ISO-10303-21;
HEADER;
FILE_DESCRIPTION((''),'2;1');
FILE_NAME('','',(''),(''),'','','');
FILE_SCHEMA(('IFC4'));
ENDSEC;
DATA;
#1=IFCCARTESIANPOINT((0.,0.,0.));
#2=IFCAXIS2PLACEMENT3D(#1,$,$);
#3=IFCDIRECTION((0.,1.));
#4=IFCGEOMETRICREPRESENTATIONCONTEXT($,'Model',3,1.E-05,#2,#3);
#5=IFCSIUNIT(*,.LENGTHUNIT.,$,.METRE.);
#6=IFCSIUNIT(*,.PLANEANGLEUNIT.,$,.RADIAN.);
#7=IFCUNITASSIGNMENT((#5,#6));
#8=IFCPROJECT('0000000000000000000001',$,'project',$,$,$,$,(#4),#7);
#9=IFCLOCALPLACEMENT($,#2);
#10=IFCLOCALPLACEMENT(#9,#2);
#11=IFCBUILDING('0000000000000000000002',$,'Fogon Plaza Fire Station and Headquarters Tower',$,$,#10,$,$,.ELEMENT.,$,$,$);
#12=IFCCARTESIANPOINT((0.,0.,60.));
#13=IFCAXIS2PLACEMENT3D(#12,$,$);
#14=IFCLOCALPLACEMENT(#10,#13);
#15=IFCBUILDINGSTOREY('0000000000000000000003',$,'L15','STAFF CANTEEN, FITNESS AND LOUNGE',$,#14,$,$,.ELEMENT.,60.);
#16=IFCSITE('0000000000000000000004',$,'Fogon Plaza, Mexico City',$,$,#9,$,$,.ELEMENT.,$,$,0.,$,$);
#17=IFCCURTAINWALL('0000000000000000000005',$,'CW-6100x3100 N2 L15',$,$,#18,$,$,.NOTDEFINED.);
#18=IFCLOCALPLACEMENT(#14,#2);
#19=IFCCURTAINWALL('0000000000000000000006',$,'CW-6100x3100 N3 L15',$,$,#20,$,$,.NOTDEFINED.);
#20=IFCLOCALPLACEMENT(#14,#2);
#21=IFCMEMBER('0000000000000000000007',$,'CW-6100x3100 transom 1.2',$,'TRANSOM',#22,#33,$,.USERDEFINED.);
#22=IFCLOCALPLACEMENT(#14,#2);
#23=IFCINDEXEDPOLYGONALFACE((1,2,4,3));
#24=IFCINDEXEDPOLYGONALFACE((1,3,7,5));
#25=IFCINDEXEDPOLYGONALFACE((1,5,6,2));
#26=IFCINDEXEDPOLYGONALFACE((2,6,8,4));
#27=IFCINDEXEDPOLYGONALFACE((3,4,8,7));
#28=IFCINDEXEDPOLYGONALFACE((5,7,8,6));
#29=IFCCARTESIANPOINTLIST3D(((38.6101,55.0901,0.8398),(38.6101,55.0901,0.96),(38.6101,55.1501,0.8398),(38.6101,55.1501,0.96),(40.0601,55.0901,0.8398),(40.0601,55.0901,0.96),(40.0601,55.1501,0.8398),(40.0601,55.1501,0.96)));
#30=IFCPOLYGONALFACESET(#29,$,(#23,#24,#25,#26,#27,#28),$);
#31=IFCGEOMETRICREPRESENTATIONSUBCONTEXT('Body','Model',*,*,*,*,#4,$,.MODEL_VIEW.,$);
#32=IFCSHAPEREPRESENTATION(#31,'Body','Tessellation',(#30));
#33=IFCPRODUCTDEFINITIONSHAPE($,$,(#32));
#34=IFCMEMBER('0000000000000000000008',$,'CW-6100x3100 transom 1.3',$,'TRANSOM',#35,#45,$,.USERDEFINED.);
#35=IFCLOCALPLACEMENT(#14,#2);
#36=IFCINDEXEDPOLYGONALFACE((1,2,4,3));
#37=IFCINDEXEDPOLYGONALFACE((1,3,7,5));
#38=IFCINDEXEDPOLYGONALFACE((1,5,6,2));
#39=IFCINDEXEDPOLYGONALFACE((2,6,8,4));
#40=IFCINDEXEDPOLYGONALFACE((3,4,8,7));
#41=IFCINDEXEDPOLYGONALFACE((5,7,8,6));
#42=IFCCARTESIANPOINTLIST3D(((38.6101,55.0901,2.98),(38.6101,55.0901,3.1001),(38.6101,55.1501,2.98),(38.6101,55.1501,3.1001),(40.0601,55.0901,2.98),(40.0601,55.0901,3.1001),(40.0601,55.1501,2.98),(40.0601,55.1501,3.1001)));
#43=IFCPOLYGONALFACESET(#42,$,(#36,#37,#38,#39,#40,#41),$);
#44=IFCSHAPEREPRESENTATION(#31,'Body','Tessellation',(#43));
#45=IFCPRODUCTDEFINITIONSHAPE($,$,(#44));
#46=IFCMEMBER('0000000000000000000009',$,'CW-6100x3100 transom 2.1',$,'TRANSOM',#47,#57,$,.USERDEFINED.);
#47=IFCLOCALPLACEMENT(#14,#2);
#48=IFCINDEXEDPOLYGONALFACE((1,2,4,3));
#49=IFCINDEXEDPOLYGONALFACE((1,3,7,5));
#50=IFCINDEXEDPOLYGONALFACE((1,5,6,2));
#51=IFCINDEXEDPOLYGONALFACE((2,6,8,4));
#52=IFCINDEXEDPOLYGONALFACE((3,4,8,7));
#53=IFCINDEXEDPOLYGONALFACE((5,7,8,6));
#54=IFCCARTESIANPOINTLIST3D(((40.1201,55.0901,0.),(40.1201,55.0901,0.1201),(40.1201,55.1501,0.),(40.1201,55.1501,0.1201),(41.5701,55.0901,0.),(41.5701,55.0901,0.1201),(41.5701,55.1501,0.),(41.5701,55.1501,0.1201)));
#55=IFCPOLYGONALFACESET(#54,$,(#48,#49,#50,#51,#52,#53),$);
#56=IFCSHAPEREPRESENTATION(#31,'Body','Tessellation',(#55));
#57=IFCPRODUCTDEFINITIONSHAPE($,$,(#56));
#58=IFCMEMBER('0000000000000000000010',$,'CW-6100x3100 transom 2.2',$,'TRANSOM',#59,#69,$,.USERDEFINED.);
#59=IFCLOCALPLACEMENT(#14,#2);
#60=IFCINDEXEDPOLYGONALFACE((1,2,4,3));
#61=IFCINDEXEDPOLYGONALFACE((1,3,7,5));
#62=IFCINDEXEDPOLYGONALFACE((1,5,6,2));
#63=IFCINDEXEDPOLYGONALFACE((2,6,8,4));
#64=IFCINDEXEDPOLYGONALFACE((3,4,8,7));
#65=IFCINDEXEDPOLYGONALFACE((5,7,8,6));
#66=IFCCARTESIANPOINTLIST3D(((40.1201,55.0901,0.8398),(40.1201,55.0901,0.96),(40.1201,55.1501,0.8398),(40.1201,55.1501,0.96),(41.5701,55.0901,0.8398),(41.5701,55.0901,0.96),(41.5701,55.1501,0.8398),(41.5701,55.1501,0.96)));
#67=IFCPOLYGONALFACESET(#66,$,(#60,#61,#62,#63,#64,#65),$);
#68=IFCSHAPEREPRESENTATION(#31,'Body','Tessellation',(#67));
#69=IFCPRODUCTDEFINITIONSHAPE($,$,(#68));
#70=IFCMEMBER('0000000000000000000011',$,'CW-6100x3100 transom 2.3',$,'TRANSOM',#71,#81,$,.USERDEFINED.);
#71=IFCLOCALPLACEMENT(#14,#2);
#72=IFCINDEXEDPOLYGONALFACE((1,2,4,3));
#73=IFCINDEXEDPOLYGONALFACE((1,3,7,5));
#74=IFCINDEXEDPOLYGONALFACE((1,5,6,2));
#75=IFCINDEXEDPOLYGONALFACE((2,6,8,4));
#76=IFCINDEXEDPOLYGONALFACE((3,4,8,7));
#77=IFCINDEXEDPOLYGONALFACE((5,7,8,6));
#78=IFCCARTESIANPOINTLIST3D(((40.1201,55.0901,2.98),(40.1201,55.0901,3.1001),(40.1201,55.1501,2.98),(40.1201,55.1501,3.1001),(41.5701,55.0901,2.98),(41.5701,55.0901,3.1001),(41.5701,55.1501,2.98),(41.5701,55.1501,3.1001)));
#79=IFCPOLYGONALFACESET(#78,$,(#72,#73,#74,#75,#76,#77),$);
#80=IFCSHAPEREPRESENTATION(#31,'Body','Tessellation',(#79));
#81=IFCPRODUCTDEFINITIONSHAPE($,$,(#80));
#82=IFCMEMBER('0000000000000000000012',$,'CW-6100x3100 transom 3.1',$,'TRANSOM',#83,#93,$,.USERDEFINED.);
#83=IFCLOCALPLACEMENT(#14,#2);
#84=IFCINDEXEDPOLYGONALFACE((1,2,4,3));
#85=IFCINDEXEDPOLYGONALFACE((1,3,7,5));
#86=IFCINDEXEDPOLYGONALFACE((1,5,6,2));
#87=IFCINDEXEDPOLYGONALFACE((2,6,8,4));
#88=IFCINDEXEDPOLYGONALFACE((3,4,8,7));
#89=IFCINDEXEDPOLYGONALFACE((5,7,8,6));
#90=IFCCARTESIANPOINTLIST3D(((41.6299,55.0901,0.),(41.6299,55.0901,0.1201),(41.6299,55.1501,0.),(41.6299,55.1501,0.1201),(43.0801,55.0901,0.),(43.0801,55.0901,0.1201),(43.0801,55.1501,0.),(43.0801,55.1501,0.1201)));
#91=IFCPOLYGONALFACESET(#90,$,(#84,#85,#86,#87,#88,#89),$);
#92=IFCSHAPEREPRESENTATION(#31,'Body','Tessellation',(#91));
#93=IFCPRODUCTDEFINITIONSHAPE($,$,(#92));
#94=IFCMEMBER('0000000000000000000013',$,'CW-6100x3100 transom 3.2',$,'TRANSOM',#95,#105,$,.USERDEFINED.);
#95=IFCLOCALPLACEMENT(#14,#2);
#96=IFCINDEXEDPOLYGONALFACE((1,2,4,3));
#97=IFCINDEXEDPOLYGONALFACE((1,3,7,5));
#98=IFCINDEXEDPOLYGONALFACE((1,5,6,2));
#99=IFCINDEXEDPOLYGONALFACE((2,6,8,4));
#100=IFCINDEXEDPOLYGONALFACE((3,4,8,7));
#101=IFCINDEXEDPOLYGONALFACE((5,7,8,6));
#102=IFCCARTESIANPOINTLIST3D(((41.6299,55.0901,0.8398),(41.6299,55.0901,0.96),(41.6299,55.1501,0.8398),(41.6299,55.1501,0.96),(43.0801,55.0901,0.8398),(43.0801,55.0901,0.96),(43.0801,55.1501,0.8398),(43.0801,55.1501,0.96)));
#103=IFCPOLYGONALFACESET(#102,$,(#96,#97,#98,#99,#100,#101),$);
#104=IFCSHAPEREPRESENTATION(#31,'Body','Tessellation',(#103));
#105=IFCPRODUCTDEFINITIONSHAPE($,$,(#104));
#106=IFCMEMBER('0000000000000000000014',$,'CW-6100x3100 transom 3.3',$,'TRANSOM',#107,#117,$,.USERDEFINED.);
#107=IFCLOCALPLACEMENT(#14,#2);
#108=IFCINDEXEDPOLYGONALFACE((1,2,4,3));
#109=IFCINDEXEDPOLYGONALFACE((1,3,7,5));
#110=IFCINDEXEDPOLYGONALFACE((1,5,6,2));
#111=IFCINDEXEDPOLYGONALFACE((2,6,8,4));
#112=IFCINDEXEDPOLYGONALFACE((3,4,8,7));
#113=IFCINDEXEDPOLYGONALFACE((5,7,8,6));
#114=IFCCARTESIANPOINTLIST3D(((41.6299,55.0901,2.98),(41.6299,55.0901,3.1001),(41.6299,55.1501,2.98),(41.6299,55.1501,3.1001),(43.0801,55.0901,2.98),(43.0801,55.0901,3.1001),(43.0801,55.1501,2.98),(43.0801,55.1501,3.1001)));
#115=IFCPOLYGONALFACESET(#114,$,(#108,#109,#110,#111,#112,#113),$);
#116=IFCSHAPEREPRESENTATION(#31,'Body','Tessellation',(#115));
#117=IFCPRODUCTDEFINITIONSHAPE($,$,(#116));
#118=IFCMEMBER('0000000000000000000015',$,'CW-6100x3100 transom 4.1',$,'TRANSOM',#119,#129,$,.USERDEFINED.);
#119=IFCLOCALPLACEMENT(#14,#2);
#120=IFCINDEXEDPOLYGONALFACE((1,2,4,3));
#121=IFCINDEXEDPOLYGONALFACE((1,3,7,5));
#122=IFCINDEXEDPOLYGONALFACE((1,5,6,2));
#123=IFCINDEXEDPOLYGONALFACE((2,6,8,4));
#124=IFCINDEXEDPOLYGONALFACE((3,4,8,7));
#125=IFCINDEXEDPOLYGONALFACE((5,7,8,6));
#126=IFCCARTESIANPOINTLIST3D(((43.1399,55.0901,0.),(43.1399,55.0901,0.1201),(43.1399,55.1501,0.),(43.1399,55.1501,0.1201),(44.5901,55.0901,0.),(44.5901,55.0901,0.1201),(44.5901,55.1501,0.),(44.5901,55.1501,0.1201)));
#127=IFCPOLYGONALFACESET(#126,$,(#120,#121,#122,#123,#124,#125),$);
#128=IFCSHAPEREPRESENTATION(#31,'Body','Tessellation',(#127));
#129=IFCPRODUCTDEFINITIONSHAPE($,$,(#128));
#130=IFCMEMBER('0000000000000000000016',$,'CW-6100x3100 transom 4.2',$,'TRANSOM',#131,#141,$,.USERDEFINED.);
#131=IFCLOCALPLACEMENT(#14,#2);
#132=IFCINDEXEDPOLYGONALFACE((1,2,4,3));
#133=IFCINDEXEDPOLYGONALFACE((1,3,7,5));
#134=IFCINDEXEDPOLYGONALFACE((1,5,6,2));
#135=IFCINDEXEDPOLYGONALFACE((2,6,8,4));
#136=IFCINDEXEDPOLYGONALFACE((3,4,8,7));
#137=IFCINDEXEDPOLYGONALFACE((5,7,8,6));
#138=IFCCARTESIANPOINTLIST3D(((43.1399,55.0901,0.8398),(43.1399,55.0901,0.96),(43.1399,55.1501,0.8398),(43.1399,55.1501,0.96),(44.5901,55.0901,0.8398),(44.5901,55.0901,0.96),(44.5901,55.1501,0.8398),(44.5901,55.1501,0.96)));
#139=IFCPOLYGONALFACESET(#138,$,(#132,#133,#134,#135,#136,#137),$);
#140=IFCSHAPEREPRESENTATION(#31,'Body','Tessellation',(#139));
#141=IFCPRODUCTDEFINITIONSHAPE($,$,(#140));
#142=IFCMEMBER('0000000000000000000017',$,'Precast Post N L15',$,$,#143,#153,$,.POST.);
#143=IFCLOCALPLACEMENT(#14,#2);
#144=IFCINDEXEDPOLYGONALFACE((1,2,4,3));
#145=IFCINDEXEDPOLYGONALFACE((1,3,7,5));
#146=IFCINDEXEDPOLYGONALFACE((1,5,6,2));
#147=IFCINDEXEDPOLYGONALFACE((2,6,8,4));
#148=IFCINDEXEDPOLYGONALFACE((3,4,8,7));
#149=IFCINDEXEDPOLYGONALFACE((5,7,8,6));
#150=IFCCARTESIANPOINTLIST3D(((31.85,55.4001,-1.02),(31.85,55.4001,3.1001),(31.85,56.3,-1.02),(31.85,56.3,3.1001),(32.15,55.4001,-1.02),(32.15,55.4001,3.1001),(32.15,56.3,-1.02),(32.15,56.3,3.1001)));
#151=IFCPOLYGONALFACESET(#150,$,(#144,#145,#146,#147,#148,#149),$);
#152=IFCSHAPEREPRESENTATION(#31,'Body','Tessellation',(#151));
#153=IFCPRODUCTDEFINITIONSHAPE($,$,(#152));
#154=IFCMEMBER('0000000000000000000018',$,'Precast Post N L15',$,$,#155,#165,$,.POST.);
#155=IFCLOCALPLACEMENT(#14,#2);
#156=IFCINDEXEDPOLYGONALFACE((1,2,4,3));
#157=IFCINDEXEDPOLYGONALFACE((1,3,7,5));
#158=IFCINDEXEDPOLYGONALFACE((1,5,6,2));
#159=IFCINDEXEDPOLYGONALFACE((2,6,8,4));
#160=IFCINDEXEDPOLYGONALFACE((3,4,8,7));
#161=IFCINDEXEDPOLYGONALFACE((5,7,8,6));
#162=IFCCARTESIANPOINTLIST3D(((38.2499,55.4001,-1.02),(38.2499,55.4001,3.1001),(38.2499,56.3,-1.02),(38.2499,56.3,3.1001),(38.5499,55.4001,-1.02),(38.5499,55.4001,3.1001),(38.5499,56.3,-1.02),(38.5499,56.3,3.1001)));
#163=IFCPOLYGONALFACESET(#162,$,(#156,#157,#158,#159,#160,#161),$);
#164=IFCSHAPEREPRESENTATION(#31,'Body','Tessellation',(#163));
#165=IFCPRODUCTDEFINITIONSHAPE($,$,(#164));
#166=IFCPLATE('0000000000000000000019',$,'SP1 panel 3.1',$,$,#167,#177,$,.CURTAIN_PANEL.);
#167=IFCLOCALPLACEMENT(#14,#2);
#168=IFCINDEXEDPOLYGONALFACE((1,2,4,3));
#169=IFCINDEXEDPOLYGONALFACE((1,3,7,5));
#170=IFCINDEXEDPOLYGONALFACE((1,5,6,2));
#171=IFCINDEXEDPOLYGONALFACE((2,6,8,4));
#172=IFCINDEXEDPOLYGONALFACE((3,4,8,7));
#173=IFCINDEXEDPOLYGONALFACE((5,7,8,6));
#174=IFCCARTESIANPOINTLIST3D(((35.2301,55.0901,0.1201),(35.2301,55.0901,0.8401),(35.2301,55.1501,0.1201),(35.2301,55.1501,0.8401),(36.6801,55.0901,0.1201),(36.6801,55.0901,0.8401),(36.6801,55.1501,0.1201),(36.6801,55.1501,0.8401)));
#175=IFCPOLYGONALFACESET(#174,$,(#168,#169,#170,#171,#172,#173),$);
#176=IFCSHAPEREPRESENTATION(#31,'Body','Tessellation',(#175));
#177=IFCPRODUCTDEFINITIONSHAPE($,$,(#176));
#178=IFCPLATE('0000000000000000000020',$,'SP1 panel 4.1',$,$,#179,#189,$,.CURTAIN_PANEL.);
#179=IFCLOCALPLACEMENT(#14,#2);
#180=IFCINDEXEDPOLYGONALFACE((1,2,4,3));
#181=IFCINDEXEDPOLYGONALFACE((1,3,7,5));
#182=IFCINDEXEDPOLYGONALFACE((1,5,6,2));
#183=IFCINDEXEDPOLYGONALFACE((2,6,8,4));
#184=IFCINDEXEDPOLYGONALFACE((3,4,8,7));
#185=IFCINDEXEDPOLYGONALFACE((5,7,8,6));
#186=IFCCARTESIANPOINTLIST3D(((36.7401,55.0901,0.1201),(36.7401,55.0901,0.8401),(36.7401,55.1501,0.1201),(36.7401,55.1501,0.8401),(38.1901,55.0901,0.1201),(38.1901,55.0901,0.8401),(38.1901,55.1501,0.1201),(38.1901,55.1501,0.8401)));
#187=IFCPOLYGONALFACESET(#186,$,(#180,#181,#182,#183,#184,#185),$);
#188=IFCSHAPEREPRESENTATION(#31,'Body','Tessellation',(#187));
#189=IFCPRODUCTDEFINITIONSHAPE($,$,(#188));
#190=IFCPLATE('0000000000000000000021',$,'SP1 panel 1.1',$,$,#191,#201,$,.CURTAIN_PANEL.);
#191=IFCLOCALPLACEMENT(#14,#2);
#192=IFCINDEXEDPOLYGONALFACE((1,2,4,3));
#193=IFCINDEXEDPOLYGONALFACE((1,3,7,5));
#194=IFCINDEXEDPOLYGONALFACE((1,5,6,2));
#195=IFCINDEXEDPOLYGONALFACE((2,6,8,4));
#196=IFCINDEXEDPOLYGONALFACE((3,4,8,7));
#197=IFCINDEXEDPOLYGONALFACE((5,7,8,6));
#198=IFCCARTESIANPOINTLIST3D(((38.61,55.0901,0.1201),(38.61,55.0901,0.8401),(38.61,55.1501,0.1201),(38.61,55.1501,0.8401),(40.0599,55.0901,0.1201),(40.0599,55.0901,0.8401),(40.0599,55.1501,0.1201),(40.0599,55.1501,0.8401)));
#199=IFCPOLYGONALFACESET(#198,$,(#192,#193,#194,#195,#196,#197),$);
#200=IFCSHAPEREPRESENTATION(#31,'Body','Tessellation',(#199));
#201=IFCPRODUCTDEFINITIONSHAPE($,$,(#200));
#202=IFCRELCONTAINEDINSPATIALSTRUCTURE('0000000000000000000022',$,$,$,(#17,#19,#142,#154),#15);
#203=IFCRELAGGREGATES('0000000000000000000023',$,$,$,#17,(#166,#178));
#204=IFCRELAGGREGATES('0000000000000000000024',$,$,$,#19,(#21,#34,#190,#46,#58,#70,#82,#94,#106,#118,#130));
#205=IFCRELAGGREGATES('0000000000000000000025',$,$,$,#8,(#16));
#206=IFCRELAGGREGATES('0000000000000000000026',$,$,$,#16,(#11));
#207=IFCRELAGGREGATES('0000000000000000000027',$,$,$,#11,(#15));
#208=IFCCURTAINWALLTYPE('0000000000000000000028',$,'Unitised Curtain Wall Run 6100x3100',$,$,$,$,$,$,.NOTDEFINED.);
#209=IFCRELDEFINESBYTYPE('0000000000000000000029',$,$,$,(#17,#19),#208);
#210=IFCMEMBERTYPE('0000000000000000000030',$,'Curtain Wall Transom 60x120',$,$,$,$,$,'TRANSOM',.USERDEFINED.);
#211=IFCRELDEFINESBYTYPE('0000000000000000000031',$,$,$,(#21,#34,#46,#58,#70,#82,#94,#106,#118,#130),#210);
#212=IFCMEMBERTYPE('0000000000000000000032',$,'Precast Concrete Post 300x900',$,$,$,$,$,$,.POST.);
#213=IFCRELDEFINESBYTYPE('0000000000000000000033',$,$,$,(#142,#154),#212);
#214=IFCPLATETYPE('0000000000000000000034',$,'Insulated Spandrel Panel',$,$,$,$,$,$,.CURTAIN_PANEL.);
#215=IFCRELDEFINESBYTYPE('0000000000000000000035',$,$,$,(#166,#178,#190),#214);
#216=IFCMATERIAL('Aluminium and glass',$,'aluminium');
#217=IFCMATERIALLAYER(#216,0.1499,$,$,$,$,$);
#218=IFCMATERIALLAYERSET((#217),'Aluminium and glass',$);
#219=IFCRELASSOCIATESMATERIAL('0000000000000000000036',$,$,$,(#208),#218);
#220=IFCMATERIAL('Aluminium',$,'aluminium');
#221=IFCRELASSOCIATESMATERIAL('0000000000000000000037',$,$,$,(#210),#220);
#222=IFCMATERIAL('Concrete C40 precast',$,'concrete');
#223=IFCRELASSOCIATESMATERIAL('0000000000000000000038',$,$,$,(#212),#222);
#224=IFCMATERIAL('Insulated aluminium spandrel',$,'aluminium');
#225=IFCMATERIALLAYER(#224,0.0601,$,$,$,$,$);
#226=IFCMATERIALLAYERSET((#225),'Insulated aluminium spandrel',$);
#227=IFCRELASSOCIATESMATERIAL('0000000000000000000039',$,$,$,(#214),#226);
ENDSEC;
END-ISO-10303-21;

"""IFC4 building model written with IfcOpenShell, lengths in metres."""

from ifc_helpers import new_model, si_unit, direction, frame, origin, origin_2d, place, context, subcontext, project, spatial, rectangle, extrude, material, layer, layer_set, material_profile, profile_set, type_object, element, aggregate, save


model = new_model("IFC4")

# Units and contexts
model_context = context("Model", 3, precision=1e-05, world=origin(), true_north=direction((0.0, 1.0)))
body_context = subcontext(model_context, "Body", "Model", "MODEL_VIEW")
ifc_project = project(units=[si_unit("LENGTHUNIT", "METRE"), si_unit("PLANEANGLEUNIT", "RADIAN")], contexts=[model_context])

# Site, building, storey
site_placement = place(None, origin())
site = spatial("IfcSite", under=ifc_project, at=site_placement, Name="Fogon Plaza, Mexico City", CompositionType="ELEMENT", RefElevation=0.0)
building_placement = place(site_placement, origin())
building = spatial("IfcBuilding", under=site, at=building_placement, Name="Fogon Plaza Fire Station and Headquarters Tower", CompositionType="ELEMENT")
storey_placement = place(building_placement, frame((0.0, 0.0, 60.0)))
storey = spatial("IfcBuildingStorey", under=building, at=storey_placement, Name="L15", Description="STAFF CANTEEN, FITNESS AND LOUNGE", CompositionType="ELEMENT", Elevation=60.0)

# Curtain walls
ifc_material_1 = material(Name="Aluminium and glass", Category="aluminium")
ifc_layer_1 = layer(ifc_material_1, 0.1499)
ifc_layer_set_1 = layer_set([ifc_layer_1], Name="Aluminium and glass")
curtain_wall_type = type_object("IfcCurtainWallType", Name="Unitised Curtain Wall Run 6100x3100", PredefinedType="NOTDEFINED", material=ifc_layer_set_1)
curtain_wall_1_placement = place(storey_placement, origin())
curtain_wall_1 = element("IfcCurtainWall", 1, at=curtain_wall_1_placement, inside=storey, type_object=curtain_wall_type, Name="CW-6100x3100 N2 L15", PredefinedType="NOTDEFINED")
curtain_wall_2_placement = place(storey_placement, origin())
curtain_wall_2 = element("IfcCurtainWall", 2, at=curtain_wall_2_placement, inside=storey, type_object=curtain_wall_type, Name="CW-6100x3100 N3 L15", PredefinedType="NOTDEFINED")

# Members
ifc_material_2 = material(Name="Aluminium", Category="aluminium")
ifc_material_profile_1 = material_profile(ifc_material_2, rectangle(XDim=0.0601, YDim=0.1201, at=origin_2d()), Name="Curtain Wall Transom 60x120")
ifc_profile_set_1 = profile_set([ifc_material_profile_1], Name="Aluminium")
member_type_1 = type_object("IfcMemberType", Name="Curtain Wall Transom 60x120", ElementType="TRANSOM", PredefinedType="USERDEFINED", material=ifc_profile_set_1)
member_1_placement = place(storey_placement, frame((38.6101, 55.1201, 0.8999), z_axis=(1.0, 0.0, 0.0), x_axis=(0.0, 1.0, 0.0)))
member_1 = element("IfcMember", 3, at=member_1_placement, type_object=member_type_1, Name="CW-6100x3100 transom 1.2", ObjectType="TRANSOM", PredefinedType="USERDEFINED", context=body_context, shape_type="SweptSolid", body=[
    extrude(rectangle(XDim=0.0601, YDim=0.1201, at=origin_2d()), origin(), (0.0, 0.0, 1.0), 1.45),
])
member_2_placement = place(storey_placement, frame((38.6101, 55.1201, 3.04), z_axis=(1.0, 0.0, 0.0), x_axis=(0.0, 1.0, 0.0)))
member_2 = element("IfcMember", 4, at=member_2_placement, type_object=member_type_1, Name="CW-6100x3100 transom 1.3", ObjectType="TRANSOM", PredefinedType="USERDEFINED", context=body_context, shape_type="SweptSolid", body=[
    extrude(rectangle(XDim=0.0601, YDim=0.1201, at=origin_2d()), origin(), (0.0, 0.0, 1.0), 1.45),
])
member_3_placement = place(storey_placement, frame((40.1201, 55.1201, 0.0601), z_axis=(1.0, 0.0, 0.0), x_axis=(0.0, 1.0, 0.0)))
member_3 = element("IfcMember", 5, at=member_3_placement, type_object=member_type_1, Name="CW-6100x3100 transom 2.1", ObjectType="TRANSOM", PredefinedType="USERDEFINED", context=body_context, shape_type="SweptSolid", body=[
    extrude(rectangle(XDim=0.0601, YDim=0.1201, at=origin_2d()), origin(), (0.0, 0.0, 1.0), 1.45),
])
member_4_placement = place(storey_placement, frame((40.1201, 55.1201, 0.8999), z_axis=(1.0, 0.0, 0.0), x_axis=(0.0, 1.0, 0.0)))
member_4 = element("IfcMember", 6, at=member_4_placement, type_object=member_type_1, Name="CW-6100x3100 transom 2.2", ObjectType="TRANSOM", PredefinedType="USERDEFINED", context=body_context, shape_type="SweptSolid", body=[
    extrude(rectangle(XDim=0.0601, YDim=0.1201, at=origin_2d()), origin(), (0.0, 0.0, 1.0), 1.45),
])
member_5_placement = place(storey_placement, frame((40.1201, 55.1201, 3.04), z_axis=(1.0, 0.0, 0.0), x_axis=(0.0, 1.0, 0.0)))
member_5 = element("IfcMember", 7, at=member_5_placement, type_object=member_type_1, Name="CW-6100x3100 transom 2.3", ObjectType="TRANSOM", PredefinedType="USERDEFINED", context=body_context, shape_type="SweptSolid", body=[
    extrude(rectangle(XDim=0.0601, YDim=0.1201, at=origin_2d()), origin(), (0.0, 0.0, 1.0), 1.45),
])
member_6_placement = place(storey_placement, frame((41.6299, 55.1201, 0.0601), z_axis=(1.0, 0.0, 0.0), x_axis=(0.0, 1.0, 0.0)))
member_6 = element("IfcMember", 8, at=member_6_placement, type_object=member_type_1, Name="CW-6100x3100 transom 3.1", ObjectType="TRANSOM", PredefinedType="USERDEFINED", context=body_context, shape_type="SweptSolid", body=[
    extrude(rectangle(XDim=0.0601, YDim=0.1201, at=origin_2d()), origin(), (0.0, 0.0, 1.0), 1.4502),
])
member_7_placement = place(storey_placement, frame((41.6299, 55.1201, 0.8999), z_axis=(1.0, 0.0, 0.0), x_axis=(0.0, 1.0, 0.0)))
member_7 = element("IfcMember", 9, at=member_7_placement, type_object=member_type_1, Name="CW-6100x3100 transom 3.2", ObjectType="TRANSOM", PredefinedType="USERDEFINED", context=body_context, shape_type="SweptSolid", body=[
    extrude(rectangle(XDim=0.0601, YDim=0.1201, at=origin_2d()), origin(), (0.0, 0.0, 1.0), 1.4502),
])
member_8_placement = place(storey_placement, frame((41.6299, 55.1201, 3.04), z_axis=(1.0, 0.0, 0.0), x_axis=(0.0, 1.0, 0.0)))
member_8 = element("IfcMember", 10, at=member_8_placement, type_object=member_type_1, Name="CW-6100x3100 transom 3.3", ObjectType="TRANSOM", PredefinedType="USERDEFINED", context=body_context, shape_type="SweptSolid", body=[
    extrude(rectangle(XDim=0.0601, YDim=0.1201, at=origin_2d()), origin(), (0.0, 0.0, 1.0), 1.4502),
])
member_9_placement = place(storey_placement, frame((43.1399, 55.1201, 0.0601), z_axis=(1.0, 0.0, 0.0), x_axis=(0.0, 1.0, 0.0)))
member_9 = element("IfcMember", 11, at=member_9_placement, type_object=member_type_1, Name="CW-6100x3100 transom 4.1", ObjectType="TRANSOM", PredefinedType="USERDEFINED", context=body_context, shape_type="SweptSolid", body=[
    extrude(rectangle(XDim=0.0601, YDim=0.1201, at=origin_2d()), origin(), (0.0, 0.0, 1.0), 1.4502),
])
member_10_placement = place(storey_placement, frame((43.1399, 55.1201, 0.8999), z_axis=(1.0, 0.0, 0.0), x_axis=(0.0, 1.0, 0.0)))
member_10 = element("IfcMember", 12, at=member_10_placement, type_object=member_type_1, Name="CW-6100x3100 transom 4.2", ObjectType="TRANSOM", PredefinedType="USERDEFINED", context=body_context, shape_type="SweptSolid", body=[
    extrude(rectangle(XDim=0.0601, YDim=0.1201, at=origin_2d()), origin(), (0.0, 0.0, 1.0), 1.4502),
])

# Members
ifc_material_3 = material(Name="Concrete C40 precast", Category="concrete")
ifc_material_profile_2 = material_profile(ifc_material_3, rectangle(XDim=0.3, YDim=0.8999, at=origin_2d()), Name="Precast Concrete Post 300x900")
ifc_profile_set_2 = profile_set([ifc_material_profile_2], Name="Concrete C40 precast")
member_type_2 = type_object("IfcMemberType", Name="Precast Concrete Post 300x900", PredefinedType="POST", material=ifc_profile_set_2)
for number, where, z_axis, x_axis, name in (
    (13, (32.0, 55.8501, -1.02), (0.0, 0.0, 1.0), (1.0, 0.0, 0.0), "Precast Post N L15"),
    (14, (38.3999, 55.8501, -1.02), (0.0, 0.0, 1.0), (1.0, 0.0, 0.0), "Precast Post N L15"),
):
    element("IfcMember", number, at=place(storey_placement, frame(where, z_axis=z_axis, x_axis=x_axis)), inside=storey, type_object=member_type_2, Name=name, PredefinedType="POST", context=body_context, shape_type="SweptSolid", body=[
        extrude(rectangle(XDim=0.3, YDim=0.8999, at=origin_2d()), origin(), (0.0, 0.0, 1.0), 4.1201),
    ])

# Plates
ifc_material_4 = material(Name="Insulated aluminium spandrel", Category="aluminium")
ifc_layer_2 = layer(ifc_material_4, 0.0601)
ifc_layer_set_2 = layer_set([ifc_layer_2], Name="Insulated aluminium spandrel")
plate_type_1 = type_object("IfcPlateType", Name="Insulated Spandrel Panel", PredefinedType="CURTAIN_PANEL", material=ifc_layer_set_2)
plate_1_placement = place(storey_placement, frame((35.9551, 55.1201, 0.1201), z_axis=(0.0, 0.0, 1.0), x_axis=(1.0, 0.0, 0.0)))
plate_1 = element("IfcPlate", 15, at=plate_1_placement, type_object=plate_type_1, Name="SP1 panel 3.1", PredefinedType="CURTAIN_PANEL", context=body_context, shape_type="SweptSolid", body=[
    extrude(rectangle(XDim=1.45, YDim=0.0601, at=origin_2d()), origin(), (0.0, 0.0, 1.0), 0.72),
])
plate_2_placement = place(storey_placement, frame((37.4651, 55.1201, 0.1201), z_axis=(0.0, 0.0, 1.0), x_axis=(1.0, 0.0, 0.0)))
plate_2 = element("IfcPlate", 16, at=plate_2_placement, type_object=plate_type_1, Name="SP1 panel 4.1", PredefinedType="CURTAIN_PANEL", context=body_context, shape_type="SweptSolid", body=[
    extrude(rectangle(XDim=1.45, YDim=0.0601, at=origin_2d()), origin(), (0.0, 0.0, 1.0), 0.72),
])
plate_3_placement = place(storey_placement, frame((39.335, 55.1201, 0.1201), z_axis=(0.0, 0.0, 1.0), x_axis=(1.0, 0.0, 0.0)))
plate_3 = element("IfcPlate", 17, at=plate_3_placement, type_object=plate_type_1, Name="SP1 panel 1.1", PredefinedType="CURTAIN_PANEL", context=body_context, shape_type="SweptSolid", body=[
    extrude(rectangle(XDim=1.45, YDim=0.0601, at=origin_2d()), origin(), (0.0, 0.0, 1.0), 0.72),
])
aggregate(curtain_wall_1, [plate_1, plate_2])
aggregate(curtain_wall_2, [member_1, member_2, plate_3, member_3, member_4, member_5, member_6, member_7, member_8, member_9, member_10])

save(model, "model.ifc")
